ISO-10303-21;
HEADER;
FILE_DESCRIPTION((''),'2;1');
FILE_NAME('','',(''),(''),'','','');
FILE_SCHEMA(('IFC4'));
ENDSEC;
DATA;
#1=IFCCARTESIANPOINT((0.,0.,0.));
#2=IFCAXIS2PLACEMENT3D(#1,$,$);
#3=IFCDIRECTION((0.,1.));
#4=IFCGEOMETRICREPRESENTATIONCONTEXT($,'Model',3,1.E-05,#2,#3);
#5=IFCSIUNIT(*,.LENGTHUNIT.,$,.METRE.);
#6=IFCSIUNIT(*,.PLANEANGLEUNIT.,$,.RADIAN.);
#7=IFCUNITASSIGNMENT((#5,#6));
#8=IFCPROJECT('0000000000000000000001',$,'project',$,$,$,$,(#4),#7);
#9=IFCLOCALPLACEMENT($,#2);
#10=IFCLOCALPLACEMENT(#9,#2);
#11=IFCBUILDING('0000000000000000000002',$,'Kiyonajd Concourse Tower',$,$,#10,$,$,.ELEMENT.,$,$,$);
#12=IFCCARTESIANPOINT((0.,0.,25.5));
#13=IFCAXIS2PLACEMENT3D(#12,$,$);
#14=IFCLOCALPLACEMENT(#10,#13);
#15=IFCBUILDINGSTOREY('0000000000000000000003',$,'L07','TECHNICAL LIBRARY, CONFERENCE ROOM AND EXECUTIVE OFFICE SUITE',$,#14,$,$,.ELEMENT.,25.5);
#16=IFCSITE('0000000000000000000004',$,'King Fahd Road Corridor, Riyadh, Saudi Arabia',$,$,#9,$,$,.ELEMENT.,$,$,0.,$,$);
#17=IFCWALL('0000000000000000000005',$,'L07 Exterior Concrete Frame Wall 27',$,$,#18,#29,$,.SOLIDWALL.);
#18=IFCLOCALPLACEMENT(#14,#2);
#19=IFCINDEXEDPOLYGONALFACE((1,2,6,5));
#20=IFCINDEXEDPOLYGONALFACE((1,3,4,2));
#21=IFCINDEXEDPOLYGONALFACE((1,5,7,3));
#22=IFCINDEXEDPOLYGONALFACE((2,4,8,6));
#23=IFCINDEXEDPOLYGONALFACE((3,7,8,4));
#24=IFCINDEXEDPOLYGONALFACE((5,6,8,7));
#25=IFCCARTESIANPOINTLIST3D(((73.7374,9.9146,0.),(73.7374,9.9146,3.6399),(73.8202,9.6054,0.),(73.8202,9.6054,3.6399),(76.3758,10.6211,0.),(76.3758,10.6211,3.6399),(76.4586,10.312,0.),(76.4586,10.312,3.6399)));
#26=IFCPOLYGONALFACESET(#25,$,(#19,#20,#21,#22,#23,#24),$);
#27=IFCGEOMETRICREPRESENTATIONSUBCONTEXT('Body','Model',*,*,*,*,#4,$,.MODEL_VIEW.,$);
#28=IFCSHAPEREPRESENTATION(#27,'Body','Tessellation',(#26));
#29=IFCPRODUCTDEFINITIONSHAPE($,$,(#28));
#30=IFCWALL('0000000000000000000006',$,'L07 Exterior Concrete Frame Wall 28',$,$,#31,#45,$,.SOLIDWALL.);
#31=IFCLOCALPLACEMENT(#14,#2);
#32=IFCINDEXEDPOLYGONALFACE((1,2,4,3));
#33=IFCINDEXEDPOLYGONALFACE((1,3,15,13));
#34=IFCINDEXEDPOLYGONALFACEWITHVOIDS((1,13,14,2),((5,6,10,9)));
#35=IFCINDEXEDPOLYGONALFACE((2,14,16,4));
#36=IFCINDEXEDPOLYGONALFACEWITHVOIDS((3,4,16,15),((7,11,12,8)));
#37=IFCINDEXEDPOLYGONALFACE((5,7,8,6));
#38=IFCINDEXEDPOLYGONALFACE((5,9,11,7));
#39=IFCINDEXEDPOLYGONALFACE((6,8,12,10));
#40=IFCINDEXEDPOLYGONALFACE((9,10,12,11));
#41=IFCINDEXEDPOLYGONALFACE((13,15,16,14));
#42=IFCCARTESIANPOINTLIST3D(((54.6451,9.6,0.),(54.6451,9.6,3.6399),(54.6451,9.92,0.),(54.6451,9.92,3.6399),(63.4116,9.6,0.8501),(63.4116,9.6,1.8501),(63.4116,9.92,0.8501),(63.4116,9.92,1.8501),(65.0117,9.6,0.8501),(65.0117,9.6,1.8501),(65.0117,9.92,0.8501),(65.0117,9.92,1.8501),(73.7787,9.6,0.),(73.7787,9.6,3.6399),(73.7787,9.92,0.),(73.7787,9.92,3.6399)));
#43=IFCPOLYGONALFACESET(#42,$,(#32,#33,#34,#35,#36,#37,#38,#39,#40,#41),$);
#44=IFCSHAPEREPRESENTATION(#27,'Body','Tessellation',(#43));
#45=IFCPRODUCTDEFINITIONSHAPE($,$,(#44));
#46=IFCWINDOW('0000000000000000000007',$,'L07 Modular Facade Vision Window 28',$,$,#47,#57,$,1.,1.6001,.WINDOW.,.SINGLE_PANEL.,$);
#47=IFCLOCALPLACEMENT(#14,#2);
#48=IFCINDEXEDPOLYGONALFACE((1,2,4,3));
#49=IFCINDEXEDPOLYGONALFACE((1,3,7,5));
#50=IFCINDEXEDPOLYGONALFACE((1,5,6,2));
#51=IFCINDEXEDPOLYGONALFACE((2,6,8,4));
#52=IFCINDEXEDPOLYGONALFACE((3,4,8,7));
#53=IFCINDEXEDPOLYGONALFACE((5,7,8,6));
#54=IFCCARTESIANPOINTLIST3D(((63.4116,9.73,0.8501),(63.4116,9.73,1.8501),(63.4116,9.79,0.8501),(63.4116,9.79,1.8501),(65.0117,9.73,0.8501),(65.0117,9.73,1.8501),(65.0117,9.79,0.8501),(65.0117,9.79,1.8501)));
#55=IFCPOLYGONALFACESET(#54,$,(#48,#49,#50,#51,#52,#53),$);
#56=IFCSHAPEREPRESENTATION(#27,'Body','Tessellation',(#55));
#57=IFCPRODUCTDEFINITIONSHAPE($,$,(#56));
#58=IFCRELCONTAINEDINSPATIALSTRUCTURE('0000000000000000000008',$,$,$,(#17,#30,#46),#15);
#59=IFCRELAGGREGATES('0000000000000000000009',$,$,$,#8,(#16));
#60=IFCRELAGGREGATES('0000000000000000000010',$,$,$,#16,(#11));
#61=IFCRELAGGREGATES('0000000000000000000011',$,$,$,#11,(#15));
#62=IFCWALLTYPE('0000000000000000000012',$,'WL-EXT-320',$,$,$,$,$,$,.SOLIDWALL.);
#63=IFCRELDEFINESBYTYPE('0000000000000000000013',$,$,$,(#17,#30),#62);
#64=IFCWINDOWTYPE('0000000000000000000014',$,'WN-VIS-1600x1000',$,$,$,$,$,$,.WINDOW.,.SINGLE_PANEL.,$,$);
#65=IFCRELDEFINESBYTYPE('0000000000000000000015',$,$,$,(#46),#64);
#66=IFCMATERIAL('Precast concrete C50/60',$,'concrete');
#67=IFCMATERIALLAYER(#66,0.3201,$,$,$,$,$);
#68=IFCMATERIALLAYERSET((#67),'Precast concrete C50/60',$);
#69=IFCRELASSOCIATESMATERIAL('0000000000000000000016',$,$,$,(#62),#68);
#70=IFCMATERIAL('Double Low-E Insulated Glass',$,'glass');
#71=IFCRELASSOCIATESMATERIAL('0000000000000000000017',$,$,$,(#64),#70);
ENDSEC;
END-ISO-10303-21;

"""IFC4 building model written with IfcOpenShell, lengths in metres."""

from ifc_helpers import new_model, si_unit, direction, frame, frame_2d, origin, place, context, subcontext, project, spatial, rectangle, extrude, material, layer, layer_set, type_object, element, fill, save


model = new_model("IFC4")

# Units and contexts
model_context = context("Model", 3, precision=1e-05, world=origin(), true_north=direction((0.0, 1.0)))
body_context = subcontext(model_context, "Body", "Model", "MODEL_VIEW")
ifc_project = project(units=[si_unit("LENGTHUNIT", "METRE"), si_unit("PLANEANGLEUNIT", "RADIAN")], contexts=[model_context])

# Site, building, storey
site_placement = place(None, origin())
site = spatial("IfcSite", under=ifc_project, at=site_placement, Name="King Fahd Road Corridor, Riyadh, Saudi Arabia", CompositionType="ELEMENT", RefElevation=0.0)
building_placement = place(site_placement, origin())
building = spatial("IfcBuilding", under=site, at=building_placement, Name="Kiyonajd Concourse Tower", CompositionType="ELEMENT")
storey_placement = place(building_placement, frame((0.0, 0.0, 25.5)))
storey = spatial("IfcBuildingStorey", under=building, at=storey_placement, Name="L07", Description="TECHNICAL LIBRARY, CONFERENCE ROOM AND EXECUTIVE OFFICE SUITE", CompositionType="ELEMENT", Elevation=25.5)

# Shared definitions
ifc_material_1 = material(Name="Precast concrete C50/60", Category="concrete")

# Shared definitions
ifc_material_2 = material(Name="Double Low-E Insulated Glass", Category="glass")

# Wall
ifc_layer_1 = layer(ifc_material_1, 0.3201)
ifc_layer_set_1 = layer_set([ifc_layer_1], Name="Precast concrete C50/60")
wall_type = type_object("IfcWallType", Name="WL-EXT-320", PredefinedType="SOLIDWALL", material=ifc_layer_set_1)
wall_1_placement = place(storey_placement, frame((76.4172, 10.4666, 0.0), z_axis=(0.0, 0.0, 1.0), x_axis=(-0.965964, -0.258675, 0.0)))
element("IfcWall", 1, at=wall_1_placement, inside=storey, type_object=wall_type, Name="L07 Exterior Concrete Frame Wall 27", PredefinedType="SOLIDWALL", context=body_context, shape_type="SweptSolid", body=[
    extrude(rectangle(XDim=2.7314, YDim=0.3201, at=frame_2d((1.3657, 0.0))), origin(), (0.0, 0.0, 1.0), 3.6399),
])

# Wall, opening, window
wall_2_placement = place(storey_placement, frame((73.7788, 9.76, 0.0), z_axis=(0.0, 0.0, 1.0), x_axis=(-1.0, 0.0, 0.0)))
wall_2 = element("IfcWall", 2, at=wall_2_placement, inside=storey, type_object=wall_type, Name="L07 Exterior Concrete Frame Wall 28", PredefinedType="SOLIDWALL", context=body_context, shape_type="SweptSolid", body=[
    extrude(rectangle(XDim=19.1335, YDim=0.3201, at=frame_2d((9.5669, 0.0))), origin(), (0.0, 0.0, 1.0), 3.6399),
])
opening_placement = place(wall_2_placement, frame((8.7671, 0.0, 0.8501)))
opening = element("IfcOpeningElement", 3, at=opening_placement, cuts=wall_2, PredefinedType="OPENING", context=body_context, shape_type="SweptSolid", body=[
    extrude(rectangle(XDim=1.6001, YDim=1.0, at=frame_2d((0.8, 0.5))), frame((0.0, 0.1699, 0.0), z_axis=(0.0, -1.0, 0.0), x_axis=(1.0, 0.0, 0.0)), (0.0, 0.0, 1.0), 0.3401),
])
window_type = type_object("IfcWindowType", Name="WN-VIS-1600x1000", PartitioningType="SINGLE_PANEL", PredefinedType="WINDOW", material=ifc_material_2)
window_placement = place(opening_placement, origin())
window = element("IfcWindow", 4, at=window_placement, inside=storey, type_object=window_type, Name="L07 Modular Facade Vision Window 28", OverallHeight=1.0, OverallWidth=1.6001, PartitioningType="SINGLE_PANEL", PredefinedType="WINDOW", context=body_context, shape_type="SweptSolid", body=[
    extrude(rectangle(XDim=1.6001, YDim=1.0, at=frame_2d((0.8, 0.5))), frame((0.0, 0.03, 0.0), z_axis=(0.0, -1.0, 0.0), x_axis=(1.0, 0.0, 0.0)), (0.0, 0.0, 1.0), 0.0601),
])
fill(opening, window)

save(model, "model.ifc")
